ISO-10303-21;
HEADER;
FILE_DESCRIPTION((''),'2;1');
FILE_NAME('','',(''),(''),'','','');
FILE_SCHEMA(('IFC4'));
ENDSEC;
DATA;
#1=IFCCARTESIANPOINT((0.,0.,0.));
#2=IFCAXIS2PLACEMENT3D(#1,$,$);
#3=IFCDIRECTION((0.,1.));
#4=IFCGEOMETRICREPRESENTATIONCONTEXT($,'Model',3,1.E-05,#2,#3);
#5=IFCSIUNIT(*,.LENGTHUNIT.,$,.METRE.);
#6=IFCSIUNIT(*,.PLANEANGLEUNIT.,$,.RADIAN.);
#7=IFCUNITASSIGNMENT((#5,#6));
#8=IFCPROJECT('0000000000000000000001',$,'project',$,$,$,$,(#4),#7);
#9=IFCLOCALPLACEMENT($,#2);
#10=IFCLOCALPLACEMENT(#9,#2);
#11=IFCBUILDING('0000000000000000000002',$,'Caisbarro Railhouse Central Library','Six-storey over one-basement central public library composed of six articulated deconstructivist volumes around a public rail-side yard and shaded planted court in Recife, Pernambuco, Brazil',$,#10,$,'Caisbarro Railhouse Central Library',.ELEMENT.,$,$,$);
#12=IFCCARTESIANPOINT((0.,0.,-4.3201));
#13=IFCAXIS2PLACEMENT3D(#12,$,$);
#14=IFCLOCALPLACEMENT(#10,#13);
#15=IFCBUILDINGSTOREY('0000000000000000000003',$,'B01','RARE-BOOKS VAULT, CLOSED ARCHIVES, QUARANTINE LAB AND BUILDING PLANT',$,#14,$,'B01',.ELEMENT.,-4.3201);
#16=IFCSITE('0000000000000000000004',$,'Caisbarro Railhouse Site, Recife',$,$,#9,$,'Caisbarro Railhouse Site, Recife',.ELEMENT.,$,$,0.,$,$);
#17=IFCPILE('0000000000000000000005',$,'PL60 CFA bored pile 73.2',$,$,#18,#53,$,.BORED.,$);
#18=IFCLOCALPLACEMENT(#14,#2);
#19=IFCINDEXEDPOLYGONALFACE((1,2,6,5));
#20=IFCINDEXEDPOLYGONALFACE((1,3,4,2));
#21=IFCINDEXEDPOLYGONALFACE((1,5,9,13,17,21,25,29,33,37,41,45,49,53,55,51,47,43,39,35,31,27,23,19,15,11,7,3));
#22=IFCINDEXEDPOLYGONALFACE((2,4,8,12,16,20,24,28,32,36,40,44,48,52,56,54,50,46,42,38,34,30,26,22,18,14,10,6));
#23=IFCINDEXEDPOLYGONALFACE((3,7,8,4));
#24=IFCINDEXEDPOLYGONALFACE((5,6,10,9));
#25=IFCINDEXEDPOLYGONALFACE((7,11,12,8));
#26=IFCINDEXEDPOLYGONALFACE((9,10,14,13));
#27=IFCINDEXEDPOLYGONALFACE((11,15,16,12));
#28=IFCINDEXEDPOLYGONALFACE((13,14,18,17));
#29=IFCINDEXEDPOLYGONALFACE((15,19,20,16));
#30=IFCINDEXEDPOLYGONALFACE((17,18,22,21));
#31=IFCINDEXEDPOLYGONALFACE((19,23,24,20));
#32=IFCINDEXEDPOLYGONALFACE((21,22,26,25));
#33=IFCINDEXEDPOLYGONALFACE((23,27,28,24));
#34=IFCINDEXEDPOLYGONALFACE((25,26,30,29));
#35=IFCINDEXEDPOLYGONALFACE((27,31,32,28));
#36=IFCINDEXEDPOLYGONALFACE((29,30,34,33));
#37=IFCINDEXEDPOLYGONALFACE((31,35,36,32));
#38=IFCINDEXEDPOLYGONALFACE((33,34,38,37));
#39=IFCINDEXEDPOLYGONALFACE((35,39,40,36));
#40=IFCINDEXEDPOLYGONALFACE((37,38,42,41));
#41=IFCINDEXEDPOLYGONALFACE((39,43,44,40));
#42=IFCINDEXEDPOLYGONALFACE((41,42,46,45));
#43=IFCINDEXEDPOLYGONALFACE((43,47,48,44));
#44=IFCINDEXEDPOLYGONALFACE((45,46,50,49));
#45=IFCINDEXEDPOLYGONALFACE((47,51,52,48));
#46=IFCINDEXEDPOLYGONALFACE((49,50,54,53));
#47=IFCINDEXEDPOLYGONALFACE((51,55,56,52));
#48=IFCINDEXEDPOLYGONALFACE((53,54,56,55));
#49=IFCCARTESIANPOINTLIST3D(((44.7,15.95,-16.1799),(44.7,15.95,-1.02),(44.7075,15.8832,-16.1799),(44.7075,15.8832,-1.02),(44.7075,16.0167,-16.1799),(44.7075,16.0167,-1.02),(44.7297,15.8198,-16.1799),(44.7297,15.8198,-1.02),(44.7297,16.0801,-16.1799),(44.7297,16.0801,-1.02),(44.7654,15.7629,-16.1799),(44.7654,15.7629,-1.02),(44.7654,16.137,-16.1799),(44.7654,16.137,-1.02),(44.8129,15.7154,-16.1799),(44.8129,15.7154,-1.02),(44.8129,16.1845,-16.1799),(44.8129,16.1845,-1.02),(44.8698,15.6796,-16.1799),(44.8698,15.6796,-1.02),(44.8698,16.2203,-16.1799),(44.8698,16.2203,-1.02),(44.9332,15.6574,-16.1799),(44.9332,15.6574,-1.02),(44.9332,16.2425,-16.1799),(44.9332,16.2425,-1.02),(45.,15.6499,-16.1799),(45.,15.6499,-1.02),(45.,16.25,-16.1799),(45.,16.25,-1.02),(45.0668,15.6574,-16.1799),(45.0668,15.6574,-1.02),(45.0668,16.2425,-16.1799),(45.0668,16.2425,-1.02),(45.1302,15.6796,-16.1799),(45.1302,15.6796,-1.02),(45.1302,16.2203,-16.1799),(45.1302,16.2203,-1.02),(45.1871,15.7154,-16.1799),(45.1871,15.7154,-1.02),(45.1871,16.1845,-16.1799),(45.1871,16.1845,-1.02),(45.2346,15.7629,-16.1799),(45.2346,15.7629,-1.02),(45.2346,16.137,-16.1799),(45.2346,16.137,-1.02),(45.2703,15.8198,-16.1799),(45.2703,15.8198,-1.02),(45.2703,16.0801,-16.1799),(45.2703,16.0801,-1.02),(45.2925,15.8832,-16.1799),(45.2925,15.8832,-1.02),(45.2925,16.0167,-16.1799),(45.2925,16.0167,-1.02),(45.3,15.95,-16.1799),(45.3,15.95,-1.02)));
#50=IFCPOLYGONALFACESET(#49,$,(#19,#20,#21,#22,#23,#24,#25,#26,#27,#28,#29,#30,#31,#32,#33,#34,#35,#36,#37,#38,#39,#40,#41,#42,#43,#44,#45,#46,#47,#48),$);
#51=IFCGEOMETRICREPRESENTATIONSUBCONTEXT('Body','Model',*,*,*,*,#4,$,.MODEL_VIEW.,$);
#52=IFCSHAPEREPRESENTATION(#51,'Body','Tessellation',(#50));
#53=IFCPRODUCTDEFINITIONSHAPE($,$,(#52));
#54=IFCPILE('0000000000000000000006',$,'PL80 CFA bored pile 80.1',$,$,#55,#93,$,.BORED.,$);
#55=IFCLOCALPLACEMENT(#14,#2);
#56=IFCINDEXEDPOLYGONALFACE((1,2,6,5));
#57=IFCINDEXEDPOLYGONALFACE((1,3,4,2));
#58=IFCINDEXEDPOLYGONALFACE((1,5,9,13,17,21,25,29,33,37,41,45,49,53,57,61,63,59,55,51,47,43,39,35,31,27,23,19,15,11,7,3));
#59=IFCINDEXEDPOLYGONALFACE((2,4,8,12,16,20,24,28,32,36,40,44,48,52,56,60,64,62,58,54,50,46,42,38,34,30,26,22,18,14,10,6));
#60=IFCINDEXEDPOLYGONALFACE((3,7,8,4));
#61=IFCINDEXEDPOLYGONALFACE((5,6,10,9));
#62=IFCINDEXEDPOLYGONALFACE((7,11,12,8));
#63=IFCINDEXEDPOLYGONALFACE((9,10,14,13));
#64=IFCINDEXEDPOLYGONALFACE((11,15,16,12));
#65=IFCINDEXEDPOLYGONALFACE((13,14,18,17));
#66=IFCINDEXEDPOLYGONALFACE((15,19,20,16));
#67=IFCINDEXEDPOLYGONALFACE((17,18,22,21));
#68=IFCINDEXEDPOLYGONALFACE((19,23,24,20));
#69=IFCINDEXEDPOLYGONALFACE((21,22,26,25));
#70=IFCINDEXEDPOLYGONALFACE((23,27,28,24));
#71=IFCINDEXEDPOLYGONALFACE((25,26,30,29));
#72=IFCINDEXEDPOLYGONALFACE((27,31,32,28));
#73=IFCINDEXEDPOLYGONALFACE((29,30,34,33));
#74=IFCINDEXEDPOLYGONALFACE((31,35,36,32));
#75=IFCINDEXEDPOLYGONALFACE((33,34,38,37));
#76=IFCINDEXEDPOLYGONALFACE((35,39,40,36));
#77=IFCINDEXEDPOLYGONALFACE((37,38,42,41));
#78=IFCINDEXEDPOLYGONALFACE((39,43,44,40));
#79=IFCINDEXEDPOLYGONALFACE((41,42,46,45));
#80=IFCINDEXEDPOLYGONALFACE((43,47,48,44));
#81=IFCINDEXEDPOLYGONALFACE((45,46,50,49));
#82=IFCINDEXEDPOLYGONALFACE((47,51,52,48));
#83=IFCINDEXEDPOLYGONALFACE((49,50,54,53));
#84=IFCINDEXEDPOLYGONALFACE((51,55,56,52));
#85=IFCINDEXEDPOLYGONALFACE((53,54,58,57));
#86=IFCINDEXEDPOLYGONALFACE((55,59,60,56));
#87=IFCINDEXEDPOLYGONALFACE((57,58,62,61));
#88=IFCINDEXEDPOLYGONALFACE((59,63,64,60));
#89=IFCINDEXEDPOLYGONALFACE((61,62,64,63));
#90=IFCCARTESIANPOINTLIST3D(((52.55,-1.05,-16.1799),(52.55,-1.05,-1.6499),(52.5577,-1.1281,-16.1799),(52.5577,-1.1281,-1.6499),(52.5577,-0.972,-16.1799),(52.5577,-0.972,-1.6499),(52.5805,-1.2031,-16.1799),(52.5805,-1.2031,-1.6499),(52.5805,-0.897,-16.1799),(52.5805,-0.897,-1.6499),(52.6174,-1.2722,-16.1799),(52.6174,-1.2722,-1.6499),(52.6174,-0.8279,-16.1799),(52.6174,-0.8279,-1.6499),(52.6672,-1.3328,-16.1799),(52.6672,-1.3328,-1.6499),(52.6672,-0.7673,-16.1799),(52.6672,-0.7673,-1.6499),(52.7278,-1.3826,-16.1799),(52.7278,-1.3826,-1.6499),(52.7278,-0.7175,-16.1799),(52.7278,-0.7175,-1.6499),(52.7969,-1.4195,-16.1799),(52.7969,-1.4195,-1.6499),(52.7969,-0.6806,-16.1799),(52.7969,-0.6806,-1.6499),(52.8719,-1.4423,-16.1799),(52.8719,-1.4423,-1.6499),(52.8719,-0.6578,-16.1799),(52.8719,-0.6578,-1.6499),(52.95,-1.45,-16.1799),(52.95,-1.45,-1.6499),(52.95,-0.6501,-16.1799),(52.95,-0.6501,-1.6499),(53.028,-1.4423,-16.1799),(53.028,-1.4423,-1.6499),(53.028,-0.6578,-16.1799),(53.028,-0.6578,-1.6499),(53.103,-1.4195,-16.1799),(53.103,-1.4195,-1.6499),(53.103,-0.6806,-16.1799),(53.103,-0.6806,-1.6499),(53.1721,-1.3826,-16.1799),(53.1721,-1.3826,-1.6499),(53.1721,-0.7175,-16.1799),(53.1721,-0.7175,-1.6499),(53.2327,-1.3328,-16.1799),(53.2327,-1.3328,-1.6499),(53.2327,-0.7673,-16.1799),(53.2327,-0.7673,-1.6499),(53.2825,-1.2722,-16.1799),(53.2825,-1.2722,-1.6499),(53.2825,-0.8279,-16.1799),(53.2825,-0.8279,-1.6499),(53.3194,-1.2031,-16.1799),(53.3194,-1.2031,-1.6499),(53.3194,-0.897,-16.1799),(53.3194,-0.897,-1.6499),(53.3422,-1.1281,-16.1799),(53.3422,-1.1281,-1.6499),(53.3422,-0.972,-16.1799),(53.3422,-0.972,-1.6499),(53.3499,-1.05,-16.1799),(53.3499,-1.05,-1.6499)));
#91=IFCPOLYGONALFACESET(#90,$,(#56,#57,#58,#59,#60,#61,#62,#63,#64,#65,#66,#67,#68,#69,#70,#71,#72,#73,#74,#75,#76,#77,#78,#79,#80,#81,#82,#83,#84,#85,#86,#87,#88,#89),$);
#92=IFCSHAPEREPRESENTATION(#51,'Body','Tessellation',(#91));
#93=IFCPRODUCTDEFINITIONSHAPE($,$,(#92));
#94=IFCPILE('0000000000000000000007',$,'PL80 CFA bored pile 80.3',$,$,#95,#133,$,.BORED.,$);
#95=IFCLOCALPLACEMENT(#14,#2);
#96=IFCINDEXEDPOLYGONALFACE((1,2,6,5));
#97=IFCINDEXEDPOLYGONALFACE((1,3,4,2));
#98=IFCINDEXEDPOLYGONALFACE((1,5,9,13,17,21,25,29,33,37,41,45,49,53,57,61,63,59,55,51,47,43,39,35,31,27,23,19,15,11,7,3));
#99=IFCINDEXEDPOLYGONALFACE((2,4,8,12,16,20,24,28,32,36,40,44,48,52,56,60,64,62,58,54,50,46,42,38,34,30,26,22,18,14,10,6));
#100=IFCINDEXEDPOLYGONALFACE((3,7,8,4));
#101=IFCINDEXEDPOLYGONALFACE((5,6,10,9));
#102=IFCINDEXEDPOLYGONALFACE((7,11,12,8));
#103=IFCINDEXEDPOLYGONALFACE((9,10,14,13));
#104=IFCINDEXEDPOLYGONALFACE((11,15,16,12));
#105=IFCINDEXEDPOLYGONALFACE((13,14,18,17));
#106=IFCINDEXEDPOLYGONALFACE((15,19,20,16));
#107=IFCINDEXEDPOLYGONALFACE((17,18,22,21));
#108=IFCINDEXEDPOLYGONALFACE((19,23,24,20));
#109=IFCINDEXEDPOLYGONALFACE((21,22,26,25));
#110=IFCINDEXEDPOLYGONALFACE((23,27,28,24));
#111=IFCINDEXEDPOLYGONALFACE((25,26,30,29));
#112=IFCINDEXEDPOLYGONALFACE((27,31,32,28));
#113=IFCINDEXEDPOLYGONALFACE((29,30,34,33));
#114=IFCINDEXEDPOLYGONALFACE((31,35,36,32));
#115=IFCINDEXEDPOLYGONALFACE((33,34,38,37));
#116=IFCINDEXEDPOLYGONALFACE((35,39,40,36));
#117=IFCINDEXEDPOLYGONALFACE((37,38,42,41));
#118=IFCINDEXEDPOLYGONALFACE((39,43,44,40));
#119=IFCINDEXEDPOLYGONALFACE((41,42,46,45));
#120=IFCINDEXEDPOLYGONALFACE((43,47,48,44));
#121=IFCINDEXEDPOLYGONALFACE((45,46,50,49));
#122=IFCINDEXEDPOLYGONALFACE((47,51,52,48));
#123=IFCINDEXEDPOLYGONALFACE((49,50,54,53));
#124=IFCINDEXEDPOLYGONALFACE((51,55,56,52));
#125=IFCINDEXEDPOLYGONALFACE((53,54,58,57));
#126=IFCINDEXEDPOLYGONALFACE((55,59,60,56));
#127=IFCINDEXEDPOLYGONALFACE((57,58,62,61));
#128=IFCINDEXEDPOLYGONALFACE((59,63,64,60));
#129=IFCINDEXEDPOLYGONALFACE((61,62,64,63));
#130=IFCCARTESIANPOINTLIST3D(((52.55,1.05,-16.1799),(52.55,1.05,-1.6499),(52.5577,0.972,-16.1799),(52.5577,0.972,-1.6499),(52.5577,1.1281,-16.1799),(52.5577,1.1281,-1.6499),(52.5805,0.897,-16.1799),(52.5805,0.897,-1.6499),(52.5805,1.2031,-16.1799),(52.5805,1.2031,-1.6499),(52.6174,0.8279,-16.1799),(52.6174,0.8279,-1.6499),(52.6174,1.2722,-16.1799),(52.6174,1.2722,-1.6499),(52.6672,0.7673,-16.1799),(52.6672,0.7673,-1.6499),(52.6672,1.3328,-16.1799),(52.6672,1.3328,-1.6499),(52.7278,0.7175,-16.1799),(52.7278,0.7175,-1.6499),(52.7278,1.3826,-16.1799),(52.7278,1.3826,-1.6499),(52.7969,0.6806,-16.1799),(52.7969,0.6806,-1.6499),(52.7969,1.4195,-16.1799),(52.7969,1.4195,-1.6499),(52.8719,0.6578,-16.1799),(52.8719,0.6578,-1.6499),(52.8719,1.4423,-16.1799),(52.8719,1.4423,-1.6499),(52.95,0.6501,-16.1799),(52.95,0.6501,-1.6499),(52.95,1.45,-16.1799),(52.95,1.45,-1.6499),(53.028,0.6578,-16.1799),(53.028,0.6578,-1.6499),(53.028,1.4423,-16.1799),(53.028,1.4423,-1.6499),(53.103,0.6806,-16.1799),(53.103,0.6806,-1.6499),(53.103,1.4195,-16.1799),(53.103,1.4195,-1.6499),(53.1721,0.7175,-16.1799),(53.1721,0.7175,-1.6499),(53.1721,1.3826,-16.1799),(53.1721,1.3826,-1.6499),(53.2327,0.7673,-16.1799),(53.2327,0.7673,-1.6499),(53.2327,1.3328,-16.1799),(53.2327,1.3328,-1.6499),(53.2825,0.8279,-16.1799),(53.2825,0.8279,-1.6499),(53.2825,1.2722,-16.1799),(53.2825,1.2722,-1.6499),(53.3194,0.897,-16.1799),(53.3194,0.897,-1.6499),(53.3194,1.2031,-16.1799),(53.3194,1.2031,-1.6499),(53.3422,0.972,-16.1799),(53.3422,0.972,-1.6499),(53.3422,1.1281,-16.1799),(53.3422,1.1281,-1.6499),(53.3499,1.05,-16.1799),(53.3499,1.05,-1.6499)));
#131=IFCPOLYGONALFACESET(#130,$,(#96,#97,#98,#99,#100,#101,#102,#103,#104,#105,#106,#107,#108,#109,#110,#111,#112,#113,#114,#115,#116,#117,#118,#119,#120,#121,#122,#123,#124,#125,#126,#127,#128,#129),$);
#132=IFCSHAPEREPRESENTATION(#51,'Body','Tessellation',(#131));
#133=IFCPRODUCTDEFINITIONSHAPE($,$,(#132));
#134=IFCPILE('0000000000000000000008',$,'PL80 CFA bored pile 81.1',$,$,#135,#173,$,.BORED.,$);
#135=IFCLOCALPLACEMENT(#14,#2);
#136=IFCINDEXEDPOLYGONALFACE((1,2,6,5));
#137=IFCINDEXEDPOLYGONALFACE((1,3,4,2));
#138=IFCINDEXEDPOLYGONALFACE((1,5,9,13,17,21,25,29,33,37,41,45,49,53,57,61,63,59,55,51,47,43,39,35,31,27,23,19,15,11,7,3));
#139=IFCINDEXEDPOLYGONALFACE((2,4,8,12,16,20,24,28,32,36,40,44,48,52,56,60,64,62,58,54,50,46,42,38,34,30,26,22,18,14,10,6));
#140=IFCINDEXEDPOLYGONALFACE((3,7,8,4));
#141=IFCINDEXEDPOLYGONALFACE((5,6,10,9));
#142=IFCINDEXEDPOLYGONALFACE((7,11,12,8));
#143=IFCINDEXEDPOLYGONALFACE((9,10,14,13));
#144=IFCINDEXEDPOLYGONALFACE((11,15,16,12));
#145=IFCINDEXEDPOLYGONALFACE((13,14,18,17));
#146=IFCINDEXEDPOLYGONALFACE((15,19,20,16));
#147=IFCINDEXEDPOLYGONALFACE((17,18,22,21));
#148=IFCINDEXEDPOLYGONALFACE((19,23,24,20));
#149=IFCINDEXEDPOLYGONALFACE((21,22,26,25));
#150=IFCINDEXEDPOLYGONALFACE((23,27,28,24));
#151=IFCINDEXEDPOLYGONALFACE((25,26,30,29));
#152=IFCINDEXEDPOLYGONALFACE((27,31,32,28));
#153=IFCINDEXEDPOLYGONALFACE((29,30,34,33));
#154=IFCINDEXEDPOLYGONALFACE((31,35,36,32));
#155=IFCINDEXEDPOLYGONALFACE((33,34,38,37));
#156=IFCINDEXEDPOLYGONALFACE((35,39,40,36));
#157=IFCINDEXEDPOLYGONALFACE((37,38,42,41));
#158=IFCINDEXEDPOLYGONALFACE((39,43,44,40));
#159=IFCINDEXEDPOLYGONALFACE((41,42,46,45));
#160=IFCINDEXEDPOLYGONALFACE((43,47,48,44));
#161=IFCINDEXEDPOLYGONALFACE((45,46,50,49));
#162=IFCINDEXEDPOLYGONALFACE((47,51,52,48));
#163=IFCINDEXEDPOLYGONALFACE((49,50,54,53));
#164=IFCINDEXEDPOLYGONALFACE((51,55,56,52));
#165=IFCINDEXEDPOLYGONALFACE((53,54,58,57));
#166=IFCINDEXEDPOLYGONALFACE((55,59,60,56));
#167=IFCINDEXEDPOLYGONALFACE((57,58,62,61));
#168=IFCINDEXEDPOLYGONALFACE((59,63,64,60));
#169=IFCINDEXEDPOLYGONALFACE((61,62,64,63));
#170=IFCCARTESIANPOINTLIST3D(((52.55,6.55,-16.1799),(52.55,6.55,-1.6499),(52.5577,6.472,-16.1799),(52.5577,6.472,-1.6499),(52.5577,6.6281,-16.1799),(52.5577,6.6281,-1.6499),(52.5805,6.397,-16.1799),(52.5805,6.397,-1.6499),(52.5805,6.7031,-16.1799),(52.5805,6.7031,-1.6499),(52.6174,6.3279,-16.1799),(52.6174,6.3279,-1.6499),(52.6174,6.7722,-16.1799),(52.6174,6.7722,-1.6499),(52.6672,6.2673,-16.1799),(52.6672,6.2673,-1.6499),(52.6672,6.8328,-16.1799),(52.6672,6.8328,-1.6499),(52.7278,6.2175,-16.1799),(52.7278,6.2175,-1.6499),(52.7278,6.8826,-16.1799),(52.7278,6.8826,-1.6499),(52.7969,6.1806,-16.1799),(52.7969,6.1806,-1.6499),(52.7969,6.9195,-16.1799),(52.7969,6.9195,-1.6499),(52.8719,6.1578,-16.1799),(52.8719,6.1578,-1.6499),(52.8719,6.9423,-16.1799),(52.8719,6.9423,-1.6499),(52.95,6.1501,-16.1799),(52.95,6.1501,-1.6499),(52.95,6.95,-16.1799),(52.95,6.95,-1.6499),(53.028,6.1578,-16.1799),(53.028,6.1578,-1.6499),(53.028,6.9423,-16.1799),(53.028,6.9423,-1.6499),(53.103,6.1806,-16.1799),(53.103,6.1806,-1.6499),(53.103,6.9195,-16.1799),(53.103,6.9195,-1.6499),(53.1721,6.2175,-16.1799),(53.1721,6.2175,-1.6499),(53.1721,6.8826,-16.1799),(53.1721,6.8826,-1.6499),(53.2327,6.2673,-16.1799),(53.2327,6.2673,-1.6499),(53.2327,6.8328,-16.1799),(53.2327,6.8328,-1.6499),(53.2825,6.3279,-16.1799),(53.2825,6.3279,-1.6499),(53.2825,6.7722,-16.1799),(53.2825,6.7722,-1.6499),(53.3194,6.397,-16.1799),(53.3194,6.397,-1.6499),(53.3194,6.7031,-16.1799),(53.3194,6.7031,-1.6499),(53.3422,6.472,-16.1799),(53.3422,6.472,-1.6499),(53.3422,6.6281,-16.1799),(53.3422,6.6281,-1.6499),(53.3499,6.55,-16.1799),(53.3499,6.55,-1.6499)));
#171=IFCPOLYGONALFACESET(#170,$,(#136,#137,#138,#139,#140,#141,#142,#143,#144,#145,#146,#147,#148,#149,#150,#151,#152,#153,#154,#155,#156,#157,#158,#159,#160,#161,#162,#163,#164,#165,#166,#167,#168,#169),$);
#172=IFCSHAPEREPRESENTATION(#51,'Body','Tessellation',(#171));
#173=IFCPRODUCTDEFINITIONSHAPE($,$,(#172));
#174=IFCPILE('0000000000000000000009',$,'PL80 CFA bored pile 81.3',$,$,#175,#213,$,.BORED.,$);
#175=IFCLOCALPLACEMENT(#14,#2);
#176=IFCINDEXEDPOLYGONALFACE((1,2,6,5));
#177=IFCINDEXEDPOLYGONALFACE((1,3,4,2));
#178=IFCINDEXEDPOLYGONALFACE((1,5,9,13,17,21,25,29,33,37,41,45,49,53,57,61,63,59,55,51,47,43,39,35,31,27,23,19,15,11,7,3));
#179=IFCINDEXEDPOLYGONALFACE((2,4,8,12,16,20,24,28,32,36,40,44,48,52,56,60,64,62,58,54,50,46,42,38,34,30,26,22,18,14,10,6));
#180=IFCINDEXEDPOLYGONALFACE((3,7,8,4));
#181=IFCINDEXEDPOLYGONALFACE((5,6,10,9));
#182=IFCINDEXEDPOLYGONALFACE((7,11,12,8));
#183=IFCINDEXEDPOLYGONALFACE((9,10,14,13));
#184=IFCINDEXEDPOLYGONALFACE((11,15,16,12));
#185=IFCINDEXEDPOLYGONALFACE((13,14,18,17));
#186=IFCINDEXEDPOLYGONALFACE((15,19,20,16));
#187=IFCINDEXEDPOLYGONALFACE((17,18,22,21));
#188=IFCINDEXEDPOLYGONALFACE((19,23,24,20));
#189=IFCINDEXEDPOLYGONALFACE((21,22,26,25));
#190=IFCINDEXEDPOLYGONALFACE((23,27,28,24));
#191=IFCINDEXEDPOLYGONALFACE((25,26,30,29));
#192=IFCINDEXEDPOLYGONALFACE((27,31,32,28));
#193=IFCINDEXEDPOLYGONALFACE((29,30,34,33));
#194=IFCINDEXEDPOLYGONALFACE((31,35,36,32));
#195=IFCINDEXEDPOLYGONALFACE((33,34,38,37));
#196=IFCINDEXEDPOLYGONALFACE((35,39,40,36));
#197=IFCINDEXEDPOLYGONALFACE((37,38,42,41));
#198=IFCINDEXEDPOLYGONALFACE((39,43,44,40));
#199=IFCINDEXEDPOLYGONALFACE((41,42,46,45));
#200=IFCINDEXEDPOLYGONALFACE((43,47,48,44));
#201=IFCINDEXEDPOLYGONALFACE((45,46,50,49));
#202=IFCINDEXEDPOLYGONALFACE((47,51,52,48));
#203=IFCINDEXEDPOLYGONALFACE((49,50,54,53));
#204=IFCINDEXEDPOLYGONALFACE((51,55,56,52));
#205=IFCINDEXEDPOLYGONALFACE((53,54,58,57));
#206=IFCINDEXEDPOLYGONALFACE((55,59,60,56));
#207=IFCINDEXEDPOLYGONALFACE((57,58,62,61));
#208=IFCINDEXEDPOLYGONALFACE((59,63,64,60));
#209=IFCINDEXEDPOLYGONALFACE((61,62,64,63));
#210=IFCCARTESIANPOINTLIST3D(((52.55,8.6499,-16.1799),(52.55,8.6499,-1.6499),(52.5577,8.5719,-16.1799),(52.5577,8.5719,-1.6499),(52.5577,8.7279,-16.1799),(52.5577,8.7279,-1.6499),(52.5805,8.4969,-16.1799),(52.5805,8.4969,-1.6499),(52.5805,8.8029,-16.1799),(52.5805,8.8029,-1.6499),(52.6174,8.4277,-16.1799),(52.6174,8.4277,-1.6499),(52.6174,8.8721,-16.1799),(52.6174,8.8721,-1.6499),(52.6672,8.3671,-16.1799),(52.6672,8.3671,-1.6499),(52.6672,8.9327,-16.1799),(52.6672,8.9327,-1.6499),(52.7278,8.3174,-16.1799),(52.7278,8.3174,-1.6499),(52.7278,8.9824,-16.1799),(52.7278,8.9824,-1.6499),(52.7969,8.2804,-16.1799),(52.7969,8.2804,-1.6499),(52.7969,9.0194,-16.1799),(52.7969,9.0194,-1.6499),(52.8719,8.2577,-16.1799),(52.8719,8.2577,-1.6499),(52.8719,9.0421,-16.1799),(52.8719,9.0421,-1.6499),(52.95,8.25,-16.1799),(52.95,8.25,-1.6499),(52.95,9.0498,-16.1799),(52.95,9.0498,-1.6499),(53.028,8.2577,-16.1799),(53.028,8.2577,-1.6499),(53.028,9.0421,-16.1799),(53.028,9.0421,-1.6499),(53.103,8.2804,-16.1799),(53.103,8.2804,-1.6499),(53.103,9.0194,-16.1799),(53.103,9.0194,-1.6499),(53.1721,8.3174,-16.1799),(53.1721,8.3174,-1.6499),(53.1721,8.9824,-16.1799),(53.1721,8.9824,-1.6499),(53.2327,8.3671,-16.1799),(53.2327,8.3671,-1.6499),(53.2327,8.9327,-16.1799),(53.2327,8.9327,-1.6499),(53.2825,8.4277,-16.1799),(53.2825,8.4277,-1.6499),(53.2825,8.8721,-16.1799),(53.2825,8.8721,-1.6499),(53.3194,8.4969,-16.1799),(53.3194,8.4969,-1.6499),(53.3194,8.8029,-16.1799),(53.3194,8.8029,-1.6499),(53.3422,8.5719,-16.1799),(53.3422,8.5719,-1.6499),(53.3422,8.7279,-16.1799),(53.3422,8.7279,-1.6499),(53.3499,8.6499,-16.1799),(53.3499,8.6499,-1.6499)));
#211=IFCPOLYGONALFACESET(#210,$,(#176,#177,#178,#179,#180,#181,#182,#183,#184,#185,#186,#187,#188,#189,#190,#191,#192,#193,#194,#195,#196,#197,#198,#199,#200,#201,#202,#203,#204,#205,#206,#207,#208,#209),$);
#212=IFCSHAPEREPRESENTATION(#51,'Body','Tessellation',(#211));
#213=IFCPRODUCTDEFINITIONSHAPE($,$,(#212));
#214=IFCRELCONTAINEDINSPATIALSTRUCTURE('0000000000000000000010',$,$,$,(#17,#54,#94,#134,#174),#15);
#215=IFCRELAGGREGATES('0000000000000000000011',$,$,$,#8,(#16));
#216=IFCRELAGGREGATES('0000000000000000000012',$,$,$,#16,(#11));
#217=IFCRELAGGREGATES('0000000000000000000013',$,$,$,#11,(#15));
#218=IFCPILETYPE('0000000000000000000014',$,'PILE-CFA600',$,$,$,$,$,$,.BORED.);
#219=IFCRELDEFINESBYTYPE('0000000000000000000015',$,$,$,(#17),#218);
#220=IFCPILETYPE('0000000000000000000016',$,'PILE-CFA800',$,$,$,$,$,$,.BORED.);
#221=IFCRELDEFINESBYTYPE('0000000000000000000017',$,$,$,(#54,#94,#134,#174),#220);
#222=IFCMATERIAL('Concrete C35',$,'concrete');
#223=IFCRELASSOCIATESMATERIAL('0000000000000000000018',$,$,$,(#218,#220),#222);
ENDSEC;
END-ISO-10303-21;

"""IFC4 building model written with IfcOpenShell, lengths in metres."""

from ifc_helpers import new_model, si_unit, direction, frame, origin, origin_2d, place, context, subcontext, project, spatial, circle, extrude, material, material_profile, profile_set, type_object, element, save


model = new_model("IFC4")

# Units and contexts
model_context = context("Model", 3, precision=1e-05, world=origin(), true_north=direction((0.0, 1.0)))
body_context = subcontext(model_context, "Body", "Model", "MODEL_VIEW")
ifc_project = project(units=[si_unit("LENGTHUNIT", "METRE"), si_unit("PLANEANGLEUNIT", "RADIAN")], contexts=[model_context])

# Site, building, storey
site_placement = place(None, origin())
site = spatial("IfcSite", under=ifc_project, at=site_placement, Name="Caisbarro Railhouse Site, Recife", LongName="Caisbarro Railhouse Site, Recife", CompositionType="ELEMENT", RefElevation=0.0)
building_placement = place(site_placement, origin())
building = spatial("IfcBuilding", under=site, at=building_placement, Name="Caisbarro Railhouse Central Library", Description="Six-storey over one-basement central public library composed of six articulated deconstructivist volumes around a public rail-side yard and shaded planted court in Recife, Pernambuco, Brazil", LongName="Caisbarro Railhouse Central Library", CompositionType="ELEMENT")
storey_placement = place(building_placement, frame((0.0, 0.0, -4.3201)))
storey = spatial("IfcBuildingStorey", under=building, at=storey_placement, Name="B01", Description="RARE-BOOKS VAULT, CLOSED ARCHIVES, QUARANTINE LAB AND BUILDING PLANT", LongName="B01", CompositionType="ELEMENT", Elevation=-4.3201)

# Shared definitions
ifc_material_1 = material(Name="Concrete C35", Category="concrete")

# Piles
ifc_material_profile_1 = material_profile(ifc_material_1, circle(Radius=0.3, at=origin_2d()), Name="PILE-CFA-600")
ifc_profile_set_1 = profile_set([ifc_material_profile_1], Name="Concrete C35")
pile_type_1 = type_object("IfcPileType", Name="PILE-CFA600", PredefinedType="BORED", material=ifc_profile_set_1)
for number, where, z_axis, x_axis, name in (
    (1, (45.0, 15.95, -1.02), (0.0, 0.0, -1.0), (1.0, 0.0, 0.0), "PL60 CFA bored pile 73.2"),
):
    element("IfcPile", number, at=place(storey_placement, frame(where, z_axis=z_axis, x_axis=x_axis)), inside=storey, type_object=pile_type_1, Name=name, PredefinedType="BORED", context=body_context, shape_type="SweptSolid", body=[
        extrude(circle(Radius=0.3, at=origin_2d()), origin(), (0.0, 0.0, 1.0), 15.1599),
    ])
ifc_material_profile_2 = material_profile(ifc_material_1, circle(Radius=0.3999, at=origin_2d()), Name="PILE-CFA-800")
ifc_profile_set_2 = profile_set([ifc_material_profile_2], Name="Concrete C35")
pile_type_2 = type_object("IfcPileType", Name="PILE-CFA800", PredefinedType="BORED", material=ifc_profile_set_2)
for number, where, z_axis, x_axis, name in (
    (2, (52.95, -1.05, -1.6499), (0.0, 0.0, -1.0), (1.0, 0.0, 0.0), "PL80 CFA bored pile 80.1"),
    (3, (52.95, 1.05, -1.6499), (0.0, 0.0, -1.0), (1.0, 0.0, 0.0), "PL80 CFA bored pile 80.3"),
    (4, (52.95, 6.55, -1.6499), (0.0, 0.0, -1.0), (1.0, 0.0, 0.0), "PL80 CFA bored pile 81.1"),
    (5, (52.95, 8.6499, -1.6499), (0.0, 0.0, -1.0), (1.0, 0.0, 0.0), "PL80 CFA bored pile 81.3"),
):
    element("IfcPile", number, at=place(storey_placement, frame(where, z_axis=z_axis, x_axis=x_axis)), inside=storey, type_object=pile_type_2, Name=name, PredefinedType="BORED", context=body_context, shape_type="SweptSolid", body=[
        extrude(circle(Radius=0.3999, at=origin_2d()), origin(), (0.0, 0.0, 1.0), 14.53),
    ])

save(model, "model.ifc")
